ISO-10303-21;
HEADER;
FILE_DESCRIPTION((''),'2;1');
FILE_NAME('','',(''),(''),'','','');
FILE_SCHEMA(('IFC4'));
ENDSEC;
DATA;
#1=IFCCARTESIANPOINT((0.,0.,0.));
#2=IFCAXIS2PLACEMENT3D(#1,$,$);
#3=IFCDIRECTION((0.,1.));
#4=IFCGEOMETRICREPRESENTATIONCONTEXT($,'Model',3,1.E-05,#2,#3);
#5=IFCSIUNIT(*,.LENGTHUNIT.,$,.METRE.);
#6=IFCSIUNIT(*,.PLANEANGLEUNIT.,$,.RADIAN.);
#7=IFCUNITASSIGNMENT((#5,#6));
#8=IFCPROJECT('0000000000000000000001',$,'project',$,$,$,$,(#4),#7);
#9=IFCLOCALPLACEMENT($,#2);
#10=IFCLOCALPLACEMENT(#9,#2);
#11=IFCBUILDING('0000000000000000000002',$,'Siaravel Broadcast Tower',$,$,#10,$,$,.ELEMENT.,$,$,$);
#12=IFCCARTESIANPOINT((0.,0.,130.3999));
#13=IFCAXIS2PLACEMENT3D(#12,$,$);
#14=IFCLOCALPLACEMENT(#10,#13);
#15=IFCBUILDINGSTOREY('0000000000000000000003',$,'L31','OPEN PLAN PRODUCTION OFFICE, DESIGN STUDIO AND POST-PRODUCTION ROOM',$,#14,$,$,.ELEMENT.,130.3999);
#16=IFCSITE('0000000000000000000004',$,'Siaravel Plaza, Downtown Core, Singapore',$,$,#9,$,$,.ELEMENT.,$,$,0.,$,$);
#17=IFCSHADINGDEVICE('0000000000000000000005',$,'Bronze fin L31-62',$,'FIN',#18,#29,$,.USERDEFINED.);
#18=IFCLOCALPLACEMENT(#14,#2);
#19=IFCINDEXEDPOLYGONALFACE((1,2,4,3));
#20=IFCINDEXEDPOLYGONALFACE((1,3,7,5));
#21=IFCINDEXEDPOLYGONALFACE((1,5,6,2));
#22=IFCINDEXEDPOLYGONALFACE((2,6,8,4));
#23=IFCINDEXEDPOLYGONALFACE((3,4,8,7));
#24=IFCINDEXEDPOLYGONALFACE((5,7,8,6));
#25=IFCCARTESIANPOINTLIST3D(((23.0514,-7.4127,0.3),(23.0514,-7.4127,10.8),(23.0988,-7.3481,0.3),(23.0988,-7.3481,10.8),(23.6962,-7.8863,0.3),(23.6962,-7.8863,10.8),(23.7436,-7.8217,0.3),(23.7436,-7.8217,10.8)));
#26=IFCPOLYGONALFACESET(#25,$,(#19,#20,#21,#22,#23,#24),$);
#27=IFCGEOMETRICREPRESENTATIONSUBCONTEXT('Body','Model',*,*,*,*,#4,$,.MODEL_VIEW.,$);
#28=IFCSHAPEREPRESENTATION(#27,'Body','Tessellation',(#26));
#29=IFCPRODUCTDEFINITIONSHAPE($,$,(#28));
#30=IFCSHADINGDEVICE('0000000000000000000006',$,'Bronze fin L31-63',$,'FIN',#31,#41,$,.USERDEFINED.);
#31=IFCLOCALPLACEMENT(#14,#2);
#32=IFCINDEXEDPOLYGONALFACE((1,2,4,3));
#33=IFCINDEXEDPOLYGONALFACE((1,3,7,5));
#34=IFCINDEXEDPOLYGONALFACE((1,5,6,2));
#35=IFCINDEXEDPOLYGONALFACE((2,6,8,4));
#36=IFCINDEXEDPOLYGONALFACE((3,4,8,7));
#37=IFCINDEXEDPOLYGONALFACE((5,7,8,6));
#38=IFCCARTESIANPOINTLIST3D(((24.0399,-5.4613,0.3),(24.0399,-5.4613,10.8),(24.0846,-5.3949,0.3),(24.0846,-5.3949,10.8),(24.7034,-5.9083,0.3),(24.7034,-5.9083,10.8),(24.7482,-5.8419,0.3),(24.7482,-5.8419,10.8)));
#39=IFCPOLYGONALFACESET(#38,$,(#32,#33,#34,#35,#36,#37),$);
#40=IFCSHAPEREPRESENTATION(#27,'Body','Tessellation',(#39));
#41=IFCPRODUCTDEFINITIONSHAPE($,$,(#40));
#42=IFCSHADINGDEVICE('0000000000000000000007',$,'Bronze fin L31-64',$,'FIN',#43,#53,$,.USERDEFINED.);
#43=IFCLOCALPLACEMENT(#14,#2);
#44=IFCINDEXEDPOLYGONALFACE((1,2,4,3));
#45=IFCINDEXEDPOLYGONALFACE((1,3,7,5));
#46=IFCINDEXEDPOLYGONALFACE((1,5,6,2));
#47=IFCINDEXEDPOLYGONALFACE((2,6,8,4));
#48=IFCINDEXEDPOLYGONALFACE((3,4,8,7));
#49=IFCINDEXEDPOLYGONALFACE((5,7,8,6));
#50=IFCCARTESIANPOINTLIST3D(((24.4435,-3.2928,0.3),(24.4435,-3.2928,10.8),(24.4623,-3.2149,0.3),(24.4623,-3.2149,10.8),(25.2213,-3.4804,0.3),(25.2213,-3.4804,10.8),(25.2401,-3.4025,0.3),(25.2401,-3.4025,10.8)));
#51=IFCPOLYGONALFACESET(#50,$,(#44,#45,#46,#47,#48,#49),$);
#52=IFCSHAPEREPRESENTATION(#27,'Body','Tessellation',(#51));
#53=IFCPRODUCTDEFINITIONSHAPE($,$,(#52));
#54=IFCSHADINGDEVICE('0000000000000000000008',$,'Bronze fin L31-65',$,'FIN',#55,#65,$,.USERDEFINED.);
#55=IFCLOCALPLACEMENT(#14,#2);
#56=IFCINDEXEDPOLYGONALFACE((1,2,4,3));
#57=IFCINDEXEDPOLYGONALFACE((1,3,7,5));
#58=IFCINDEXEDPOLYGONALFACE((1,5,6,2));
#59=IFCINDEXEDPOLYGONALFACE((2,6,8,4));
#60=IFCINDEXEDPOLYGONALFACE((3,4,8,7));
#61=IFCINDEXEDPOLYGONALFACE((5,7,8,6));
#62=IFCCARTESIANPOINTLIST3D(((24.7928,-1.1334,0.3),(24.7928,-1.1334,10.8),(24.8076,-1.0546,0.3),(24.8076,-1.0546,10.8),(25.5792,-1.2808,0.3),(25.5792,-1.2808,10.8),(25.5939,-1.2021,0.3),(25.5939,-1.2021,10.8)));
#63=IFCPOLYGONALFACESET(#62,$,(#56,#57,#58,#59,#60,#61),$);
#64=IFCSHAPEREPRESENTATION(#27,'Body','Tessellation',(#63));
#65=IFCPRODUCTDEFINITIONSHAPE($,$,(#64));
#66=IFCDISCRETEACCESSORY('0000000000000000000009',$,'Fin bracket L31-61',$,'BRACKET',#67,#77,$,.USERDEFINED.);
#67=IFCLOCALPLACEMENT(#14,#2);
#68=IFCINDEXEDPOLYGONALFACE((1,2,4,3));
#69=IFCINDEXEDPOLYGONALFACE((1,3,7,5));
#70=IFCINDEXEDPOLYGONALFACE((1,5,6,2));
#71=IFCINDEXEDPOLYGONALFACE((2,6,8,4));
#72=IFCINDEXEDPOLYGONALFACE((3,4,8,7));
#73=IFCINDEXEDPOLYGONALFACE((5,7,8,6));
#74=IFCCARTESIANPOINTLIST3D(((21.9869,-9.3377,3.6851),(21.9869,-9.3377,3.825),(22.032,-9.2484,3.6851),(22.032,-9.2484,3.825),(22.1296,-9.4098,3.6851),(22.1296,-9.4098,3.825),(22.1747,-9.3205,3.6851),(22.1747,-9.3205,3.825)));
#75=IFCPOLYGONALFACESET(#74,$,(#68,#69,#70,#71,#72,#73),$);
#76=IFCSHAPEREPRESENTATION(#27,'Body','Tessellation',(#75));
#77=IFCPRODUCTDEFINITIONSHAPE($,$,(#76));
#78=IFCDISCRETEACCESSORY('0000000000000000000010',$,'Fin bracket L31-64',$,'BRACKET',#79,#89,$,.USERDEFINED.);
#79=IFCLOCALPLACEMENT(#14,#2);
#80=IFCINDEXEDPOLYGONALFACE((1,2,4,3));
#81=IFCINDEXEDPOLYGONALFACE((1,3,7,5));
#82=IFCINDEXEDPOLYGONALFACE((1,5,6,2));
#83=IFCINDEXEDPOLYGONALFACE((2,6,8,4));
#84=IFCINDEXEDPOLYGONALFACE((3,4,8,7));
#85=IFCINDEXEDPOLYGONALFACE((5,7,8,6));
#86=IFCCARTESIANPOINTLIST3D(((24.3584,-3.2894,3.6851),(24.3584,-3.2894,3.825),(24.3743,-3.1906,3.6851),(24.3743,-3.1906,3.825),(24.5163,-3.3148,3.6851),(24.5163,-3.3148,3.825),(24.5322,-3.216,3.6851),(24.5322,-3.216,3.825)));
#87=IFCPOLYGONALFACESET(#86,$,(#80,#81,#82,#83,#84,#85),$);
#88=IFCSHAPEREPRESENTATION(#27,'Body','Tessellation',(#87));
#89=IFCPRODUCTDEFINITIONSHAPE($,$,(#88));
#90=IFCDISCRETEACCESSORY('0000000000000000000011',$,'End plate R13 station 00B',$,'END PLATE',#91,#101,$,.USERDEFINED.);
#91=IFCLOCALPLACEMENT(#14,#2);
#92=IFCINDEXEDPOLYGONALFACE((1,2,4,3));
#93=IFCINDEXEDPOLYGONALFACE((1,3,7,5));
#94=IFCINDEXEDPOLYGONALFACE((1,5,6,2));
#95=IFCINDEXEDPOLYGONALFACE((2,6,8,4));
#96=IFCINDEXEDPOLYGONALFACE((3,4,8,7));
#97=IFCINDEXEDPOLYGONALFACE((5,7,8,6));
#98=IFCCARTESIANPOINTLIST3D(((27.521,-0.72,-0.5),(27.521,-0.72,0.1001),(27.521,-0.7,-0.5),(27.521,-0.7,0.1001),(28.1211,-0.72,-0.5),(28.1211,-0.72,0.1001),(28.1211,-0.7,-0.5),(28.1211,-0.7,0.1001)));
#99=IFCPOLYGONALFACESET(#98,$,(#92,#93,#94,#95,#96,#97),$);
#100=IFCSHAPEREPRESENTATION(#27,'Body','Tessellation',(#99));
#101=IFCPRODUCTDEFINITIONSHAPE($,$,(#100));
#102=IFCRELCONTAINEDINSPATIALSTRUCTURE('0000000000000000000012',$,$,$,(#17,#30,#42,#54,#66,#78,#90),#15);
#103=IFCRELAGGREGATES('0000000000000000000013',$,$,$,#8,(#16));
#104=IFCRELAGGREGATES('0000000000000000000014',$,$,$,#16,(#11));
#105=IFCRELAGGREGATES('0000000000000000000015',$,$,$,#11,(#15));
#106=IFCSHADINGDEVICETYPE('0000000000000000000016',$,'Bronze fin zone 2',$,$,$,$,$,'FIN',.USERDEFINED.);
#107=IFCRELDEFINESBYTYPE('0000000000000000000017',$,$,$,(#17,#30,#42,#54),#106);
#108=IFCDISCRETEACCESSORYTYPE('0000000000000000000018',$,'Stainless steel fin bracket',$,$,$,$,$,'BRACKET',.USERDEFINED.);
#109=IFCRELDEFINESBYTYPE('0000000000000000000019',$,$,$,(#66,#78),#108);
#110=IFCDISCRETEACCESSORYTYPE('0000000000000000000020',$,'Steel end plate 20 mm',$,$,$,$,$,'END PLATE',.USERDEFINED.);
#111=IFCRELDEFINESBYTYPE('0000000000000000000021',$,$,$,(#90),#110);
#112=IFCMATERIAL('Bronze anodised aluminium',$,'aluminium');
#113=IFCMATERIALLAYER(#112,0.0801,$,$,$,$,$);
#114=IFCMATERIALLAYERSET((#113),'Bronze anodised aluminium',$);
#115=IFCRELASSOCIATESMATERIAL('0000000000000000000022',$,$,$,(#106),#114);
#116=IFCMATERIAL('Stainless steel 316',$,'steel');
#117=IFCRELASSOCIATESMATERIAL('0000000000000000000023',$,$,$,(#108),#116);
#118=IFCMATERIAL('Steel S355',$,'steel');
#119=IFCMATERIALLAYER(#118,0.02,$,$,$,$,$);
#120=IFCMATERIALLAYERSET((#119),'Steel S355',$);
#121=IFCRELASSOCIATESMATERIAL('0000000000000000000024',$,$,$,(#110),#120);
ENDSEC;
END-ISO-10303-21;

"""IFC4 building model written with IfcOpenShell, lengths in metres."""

from ifc_helpers import new_model, si_unit, direction, frame, origin, origin_2d, place, context, subcontext, project, spatial, rectangle, extrude, material, layer, layer_set, type_object, element, save


model = new_model("IFC4")

# Units and contexts
model_context = context("Model", 3, precision=1e-05, world=origin(), true_north=direction((0.0, 1.0)))
body_context = subcontext(model_context, "Body", "Model", "MODEL_VIEW")
ifc_project = project(units=[si_unit("LENGTHUNIT", "METRE"), si_unit("PLANEANGLEUNIT", "RADIAN")], contexts=[model_context])

# Site, building, storey
site_placement = place(None, origin())
site = spatial("IfcSite", under=ifc_project, at=site_placement, Name="Siaravel Plaza, Downtown Core, Singapore", CompositionType="ELEMENT", RefElevation=0.0)
building_placement = place(site_placement, origin())
building = spatial("IfcBuilding", under=site, at=building_placement, Name="Siaravel Broadcast Tower", CompositionType="ELEMENT")
storey_placement = place(building_placement, frame((0.0, 0.0, 130.3999)))
storey = spatial("IfcBuildingStorey", under=building, at=storey_placement, Name="L31", Description="OPEN PLAN PRODUCTION OFFICE, DESIGN STUDIO AND POST-PRODUCTION ROOM", CompositionType="ELEMENT", Elevation=130.3999)

# Shared definitions
ifc_material_1 = material(Name="Steel S355", Category="steel")

# Shading devices
ifc_material_2 = material(Name="Bronze anodised aluminium", Category="aluminium")
ifc_layer_1 = layer(ifc_material_2, 0.0801)
ifc_layer_set_1 = layer_set([ifc_layer_1], Name="Bronze anodised aluminium")
shading_device_type = type_object("IfcShadingDeviceType", Name="Bronze fin zone 2", ElementType="FIN", PredefinedType="USERDEFINED", material=ifc_layer_set_1)
for number, where, z_axis, x_axis, name in (
    (1, (23.3975, -7.6172, 0.3), (0.0, 0.0, 1.0), (0.805954, -0.591978, 0.0), "Bronze fin L31-62"),
    (2, (24.394, -5.6516, 0.3), (0.0, 0.0, 1.0), (0.829359, -0.558717, 0.0), "Bronze fin L31-63"),
    (3, (24.8418, -3.3477, 0.3), (0.0, 0.0, 1.0), (0.972128, -0.23445, 0.0), "Bronze fin L31-64"),
    (4, (25.1934, -1.1677, 0.3), (0.0, 0.0, 1.0), (0.982871, -0.184296, 0.0), "Bronze fin L31-65"),
):
    element("IfcShadingDevice", number, at=place(storey_placement, frame(where, z_axis=z_axis, x_axis=x_axis)), inside=storey, type_object=shading_device_type, Name=name, ObjectType="FIN", PredefinedType="USERDEFINED", context=body_context, shape_type="SweptSolid", body=[
        extrude(rectangle(XDim=0.8, YDim=0.0801, at=origin_2d()), origin(), (0.0, 0.0, 1.0), 10.5),
    ])

# Discrete accessories
ifc_material_3 = material(Name="Stainless steel 316", Category="steel")
discrete_accessory_type_1 = type_object("IfcDiscreteAccessoryType", Name="Stainless steel fin bracket", ElementType="BRACKET", PredefinedType="USERDEFINED", material=ifc_material_3)
for number, where, z_axis, x_axis, name in (
    (5, (22.0808, -9.3291, 3.6851), (0.0, 0.0, 1.0), (0.892393, -0.451259, 0.0), "Fin bracket L31-61"),
    (6, (24.4453, -3.2527, 3.6851), (0.0, 0.0, 1.0), (0.987329, -0.158685, 0.0), "Fin bracket L31-64"),
):
    element("IfcDiscreteAccessory", number, at=place(storey_placement, frame(where, z_axis=z_axis, x_axis=x_axis)), inside=storey, type_object=discrete_accessory_type_1, Name=name, ObjectType="BRACKET", PredefinedType="USERDEFINED", context=body_context, shape_type="SweptSolid", body=[
        extrude(rectangle(XDim=0.1599, YDim=0.1001, at=origin_2d()), origin(), (0.0, 0.0, 1.0), 0.1399),
    ])
ifc_layer_2 = layer(ifc_material_1, 0.02)
ifc_layer_set_2 = layer_set([ifc_layer_2], Name="Steel S355")
discrete_accessory_type_2 = type_object("IfcDiscreteAccessoryType", Name="Steel end plate 20 mm", ElementType="END PLATE", PredefinedType="USERDEFINED", material=ifc_layer_set_2)
discrete_accessory_placement = place(storey_placement, frame((27.821, -0.71, -0.5), z_axis=(0.0, 0.0, 1.0), x_axis=(0.0, 1.0, 0.0)))
element("IfcDiscreteAccessory", 7, at=discrete_accessory_placement, inside=storey, type_object=discrete_accessory_type_2, Name="End plate R13 station 00B", ObjectType="END PLATE", PredefinedType="USERDEFINED", context=body_context, shape_type="SweptSolid", body=[
    extrude(rectangle(XDim=0.02, YDim=0.6001, at=origin_2d()), origin(), (0.0, 0.0, 1.0), 0.6001),
])

save(model, "model.ifc")
